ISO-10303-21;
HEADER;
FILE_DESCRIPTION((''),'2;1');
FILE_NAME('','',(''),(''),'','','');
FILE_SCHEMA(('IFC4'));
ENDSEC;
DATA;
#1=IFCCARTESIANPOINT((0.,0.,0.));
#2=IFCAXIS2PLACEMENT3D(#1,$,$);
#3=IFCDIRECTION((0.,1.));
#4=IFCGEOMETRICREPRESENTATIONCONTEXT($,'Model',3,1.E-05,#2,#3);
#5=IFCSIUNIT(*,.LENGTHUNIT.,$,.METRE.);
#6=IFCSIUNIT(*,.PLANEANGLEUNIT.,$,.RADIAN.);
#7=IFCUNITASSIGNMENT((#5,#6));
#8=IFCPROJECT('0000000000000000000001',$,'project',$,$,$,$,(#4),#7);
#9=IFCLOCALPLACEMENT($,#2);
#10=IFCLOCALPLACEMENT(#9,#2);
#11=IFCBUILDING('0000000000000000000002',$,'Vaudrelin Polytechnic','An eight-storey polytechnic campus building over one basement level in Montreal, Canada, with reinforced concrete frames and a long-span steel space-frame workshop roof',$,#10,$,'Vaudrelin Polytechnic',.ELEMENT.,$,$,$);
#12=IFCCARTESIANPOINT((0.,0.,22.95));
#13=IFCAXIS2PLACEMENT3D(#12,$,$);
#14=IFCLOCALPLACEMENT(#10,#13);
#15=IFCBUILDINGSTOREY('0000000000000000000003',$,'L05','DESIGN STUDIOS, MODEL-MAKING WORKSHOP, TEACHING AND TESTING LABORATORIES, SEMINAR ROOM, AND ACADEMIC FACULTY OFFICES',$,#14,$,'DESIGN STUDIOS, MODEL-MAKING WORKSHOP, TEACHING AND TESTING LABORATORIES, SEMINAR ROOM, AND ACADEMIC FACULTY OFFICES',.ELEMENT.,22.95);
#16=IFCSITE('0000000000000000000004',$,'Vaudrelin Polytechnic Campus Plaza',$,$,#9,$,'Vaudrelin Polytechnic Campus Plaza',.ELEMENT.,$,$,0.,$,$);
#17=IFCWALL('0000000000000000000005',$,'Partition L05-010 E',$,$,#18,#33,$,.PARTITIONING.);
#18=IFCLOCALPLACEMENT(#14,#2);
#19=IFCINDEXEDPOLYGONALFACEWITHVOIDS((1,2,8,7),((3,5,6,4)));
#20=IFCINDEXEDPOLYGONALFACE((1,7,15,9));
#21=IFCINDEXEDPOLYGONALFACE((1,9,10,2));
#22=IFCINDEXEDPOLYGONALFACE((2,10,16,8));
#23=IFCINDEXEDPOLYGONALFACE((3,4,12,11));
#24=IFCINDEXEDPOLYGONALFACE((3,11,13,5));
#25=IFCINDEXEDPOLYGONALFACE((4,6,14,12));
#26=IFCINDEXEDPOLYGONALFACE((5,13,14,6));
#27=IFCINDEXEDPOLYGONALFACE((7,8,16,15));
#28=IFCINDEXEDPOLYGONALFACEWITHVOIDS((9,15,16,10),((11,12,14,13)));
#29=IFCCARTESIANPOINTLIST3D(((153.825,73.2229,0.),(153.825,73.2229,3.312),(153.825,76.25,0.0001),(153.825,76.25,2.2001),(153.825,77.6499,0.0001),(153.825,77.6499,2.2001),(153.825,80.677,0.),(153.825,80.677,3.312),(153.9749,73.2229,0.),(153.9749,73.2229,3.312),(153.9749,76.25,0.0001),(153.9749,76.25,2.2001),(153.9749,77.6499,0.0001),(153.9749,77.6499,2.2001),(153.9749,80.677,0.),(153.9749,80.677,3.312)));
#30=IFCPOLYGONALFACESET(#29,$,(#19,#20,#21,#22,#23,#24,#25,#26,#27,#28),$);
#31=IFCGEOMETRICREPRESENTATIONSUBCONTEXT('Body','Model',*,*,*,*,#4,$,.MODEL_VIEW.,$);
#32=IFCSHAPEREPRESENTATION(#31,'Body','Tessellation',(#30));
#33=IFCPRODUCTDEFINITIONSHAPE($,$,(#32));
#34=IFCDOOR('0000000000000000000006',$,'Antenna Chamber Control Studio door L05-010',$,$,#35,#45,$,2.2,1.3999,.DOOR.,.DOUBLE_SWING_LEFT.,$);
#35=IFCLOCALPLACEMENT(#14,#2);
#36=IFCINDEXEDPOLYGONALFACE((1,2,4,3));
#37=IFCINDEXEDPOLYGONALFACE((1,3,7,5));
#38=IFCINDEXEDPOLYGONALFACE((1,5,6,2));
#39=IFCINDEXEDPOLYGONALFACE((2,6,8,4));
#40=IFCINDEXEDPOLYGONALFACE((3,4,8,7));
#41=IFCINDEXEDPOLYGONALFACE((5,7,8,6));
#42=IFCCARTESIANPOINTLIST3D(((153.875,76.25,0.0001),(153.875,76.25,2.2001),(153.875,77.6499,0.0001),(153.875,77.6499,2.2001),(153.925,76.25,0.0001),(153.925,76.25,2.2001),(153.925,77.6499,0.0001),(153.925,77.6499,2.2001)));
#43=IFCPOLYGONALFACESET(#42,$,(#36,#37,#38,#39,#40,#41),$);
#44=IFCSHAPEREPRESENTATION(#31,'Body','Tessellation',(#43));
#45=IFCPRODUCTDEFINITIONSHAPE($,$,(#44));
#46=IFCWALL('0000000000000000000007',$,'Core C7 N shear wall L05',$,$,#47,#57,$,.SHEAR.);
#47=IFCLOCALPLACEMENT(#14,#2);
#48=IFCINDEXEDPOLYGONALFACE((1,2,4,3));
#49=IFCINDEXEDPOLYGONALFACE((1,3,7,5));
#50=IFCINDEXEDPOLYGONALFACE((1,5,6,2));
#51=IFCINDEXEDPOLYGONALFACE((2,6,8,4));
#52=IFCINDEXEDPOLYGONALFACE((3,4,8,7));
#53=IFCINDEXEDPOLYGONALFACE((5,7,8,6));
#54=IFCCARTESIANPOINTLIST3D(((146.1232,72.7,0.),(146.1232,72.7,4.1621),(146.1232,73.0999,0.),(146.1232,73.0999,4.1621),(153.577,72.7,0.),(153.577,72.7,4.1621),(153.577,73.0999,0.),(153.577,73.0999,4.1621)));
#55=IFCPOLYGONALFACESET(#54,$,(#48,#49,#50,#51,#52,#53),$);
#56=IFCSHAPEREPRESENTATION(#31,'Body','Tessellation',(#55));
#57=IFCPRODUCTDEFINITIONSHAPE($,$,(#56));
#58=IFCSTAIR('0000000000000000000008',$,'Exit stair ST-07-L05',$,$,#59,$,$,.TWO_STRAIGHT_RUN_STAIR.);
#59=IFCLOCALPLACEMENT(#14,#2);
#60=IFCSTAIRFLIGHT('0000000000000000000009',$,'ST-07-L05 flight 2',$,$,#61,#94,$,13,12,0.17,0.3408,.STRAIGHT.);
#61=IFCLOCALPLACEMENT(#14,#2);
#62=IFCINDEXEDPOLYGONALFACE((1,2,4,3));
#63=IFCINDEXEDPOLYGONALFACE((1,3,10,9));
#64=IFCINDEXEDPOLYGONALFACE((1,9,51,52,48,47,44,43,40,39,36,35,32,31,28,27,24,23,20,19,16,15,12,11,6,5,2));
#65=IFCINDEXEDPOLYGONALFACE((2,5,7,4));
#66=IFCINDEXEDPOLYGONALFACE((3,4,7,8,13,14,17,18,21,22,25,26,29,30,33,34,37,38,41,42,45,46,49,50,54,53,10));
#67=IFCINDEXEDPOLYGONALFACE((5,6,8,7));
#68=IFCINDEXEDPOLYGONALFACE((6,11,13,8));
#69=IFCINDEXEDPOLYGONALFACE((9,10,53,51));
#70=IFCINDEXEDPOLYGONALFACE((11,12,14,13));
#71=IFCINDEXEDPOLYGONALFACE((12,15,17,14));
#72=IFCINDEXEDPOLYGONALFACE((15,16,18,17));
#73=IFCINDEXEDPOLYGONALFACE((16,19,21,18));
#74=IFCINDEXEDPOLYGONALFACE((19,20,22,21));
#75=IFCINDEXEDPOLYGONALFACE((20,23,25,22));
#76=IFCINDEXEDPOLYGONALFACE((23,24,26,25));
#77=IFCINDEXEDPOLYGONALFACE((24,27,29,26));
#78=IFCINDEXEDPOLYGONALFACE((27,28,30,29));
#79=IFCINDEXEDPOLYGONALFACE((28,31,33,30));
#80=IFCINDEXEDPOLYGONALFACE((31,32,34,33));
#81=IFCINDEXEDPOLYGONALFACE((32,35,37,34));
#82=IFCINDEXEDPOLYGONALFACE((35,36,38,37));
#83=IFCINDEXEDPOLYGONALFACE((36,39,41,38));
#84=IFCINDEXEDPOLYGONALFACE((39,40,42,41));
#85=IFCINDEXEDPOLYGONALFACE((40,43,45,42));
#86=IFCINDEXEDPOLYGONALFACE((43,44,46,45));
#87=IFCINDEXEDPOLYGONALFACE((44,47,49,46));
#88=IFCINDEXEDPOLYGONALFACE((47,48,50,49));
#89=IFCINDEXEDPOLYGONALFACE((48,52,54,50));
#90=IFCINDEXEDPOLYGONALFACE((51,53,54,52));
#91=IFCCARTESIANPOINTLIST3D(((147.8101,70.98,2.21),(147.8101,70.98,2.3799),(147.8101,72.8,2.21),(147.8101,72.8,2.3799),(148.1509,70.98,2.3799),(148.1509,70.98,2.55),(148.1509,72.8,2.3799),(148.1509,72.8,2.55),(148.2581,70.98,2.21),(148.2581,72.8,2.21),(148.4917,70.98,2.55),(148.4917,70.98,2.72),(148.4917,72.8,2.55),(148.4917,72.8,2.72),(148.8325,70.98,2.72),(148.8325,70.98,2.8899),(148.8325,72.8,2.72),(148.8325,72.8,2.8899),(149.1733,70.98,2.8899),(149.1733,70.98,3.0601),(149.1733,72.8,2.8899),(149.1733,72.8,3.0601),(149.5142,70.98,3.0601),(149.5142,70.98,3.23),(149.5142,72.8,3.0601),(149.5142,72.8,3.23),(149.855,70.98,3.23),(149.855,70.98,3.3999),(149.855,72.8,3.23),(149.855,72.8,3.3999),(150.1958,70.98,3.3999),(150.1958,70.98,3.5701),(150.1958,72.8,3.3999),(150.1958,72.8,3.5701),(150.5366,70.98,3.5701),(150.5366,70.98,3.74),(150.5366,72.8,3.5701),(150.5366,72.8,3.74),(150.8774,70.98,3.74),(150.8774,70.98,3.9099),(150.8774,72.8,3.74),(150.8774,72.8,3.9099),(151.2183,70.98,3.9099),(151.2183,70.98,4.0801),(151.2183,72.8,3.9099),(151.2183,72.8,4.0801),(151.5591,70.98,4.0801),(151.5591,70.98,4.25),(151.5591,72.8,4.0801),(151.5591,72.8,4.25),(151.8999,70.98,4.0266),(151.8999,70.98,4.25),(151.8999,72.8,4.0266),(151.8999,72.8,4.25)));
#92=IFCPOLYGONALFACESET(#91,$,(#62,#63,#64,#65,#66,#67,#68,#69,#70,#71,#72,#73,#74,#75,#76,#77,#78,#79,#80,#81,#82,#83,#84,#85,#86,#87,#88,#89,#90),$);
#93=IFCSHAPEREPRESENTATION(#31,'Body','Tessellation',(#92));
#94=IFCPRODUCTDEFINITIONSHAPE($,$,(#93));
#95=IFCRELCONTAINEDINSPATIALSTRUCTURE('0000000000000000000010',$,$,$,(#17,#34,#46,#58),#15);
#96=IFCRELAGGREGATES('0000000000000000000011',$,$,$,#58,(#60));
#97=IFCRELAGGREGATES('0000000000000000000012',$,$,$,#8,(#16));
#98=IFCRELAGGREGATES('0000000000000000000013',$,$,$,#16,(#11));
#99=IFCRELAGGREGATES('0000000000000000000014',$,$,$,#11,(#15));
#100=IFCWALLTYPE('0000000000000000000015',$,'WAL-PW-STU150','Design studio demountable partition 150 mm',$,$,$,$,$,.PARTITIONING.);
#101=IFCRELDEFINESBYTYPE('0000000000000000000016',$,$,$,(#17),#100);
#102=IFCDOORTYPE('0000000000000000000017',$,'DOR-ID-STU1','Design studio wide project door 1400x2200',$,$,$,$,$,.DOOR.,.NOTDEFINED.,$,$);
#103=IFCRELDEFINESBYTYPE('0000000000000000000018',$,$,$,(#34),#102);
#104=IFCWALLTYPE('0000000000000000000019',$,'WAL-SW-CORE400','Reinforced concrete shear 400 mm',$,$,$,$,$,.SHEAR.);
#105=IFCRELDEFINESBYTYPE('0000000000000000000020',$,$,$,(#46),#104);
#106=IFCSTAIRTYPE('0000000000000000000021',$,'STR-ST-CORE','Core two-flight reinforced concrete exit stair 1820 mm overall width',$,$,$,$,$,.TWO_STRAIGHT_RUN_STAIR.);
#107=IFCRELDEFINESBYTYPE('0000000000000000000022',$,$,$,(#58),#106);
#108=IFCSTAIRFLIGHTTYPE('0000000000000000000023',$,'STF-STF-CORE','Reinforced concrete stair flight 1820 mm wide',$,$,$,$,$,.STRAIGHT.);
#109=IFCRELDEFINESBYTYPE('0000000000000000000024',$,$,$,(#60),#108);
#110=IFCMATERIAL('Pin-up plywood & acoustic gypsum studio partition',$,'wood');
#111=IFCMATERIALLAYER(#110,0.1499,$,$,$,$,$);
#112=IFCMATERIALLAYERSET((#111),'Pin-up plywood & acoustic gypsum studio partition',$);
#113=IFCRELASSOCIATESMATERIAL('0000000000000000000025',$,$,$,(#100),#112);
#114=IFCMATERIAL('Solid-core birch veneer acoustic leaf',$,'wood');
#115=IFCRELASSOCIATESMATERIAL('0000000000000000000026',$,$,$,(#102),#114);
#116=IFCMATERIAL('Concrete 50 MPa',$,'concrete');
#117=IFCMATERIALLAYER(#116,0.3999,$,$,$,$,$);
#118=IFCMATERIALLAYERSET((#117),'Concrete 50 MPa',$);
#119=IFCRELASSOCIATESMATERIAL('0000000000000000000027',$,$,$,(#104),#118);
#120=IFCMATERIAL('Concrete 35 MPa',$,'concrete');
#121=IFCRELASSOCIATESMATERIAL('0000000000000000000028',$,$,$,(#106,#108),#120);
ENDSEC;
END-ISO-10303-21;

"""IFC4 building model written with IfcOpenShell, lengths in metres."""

from ifc_helpers import new_model, si_unit, direction, frame, frame_2d, origin, place, context, subcontext, project, spatial, polyline, rectangle, outline, extrude, material, layer, layer_set, type_object, element, fill, aggregate, save


model = new_model("IFC4")

# Units and contexts
model_context = context("Model", 3, precision=1e-05, world=origin(), true_north=direction((0.0, 1.0)))
body_context = subcontext(model_context, "Body", "Model", "MODEL_VIEW")
ifc_project = project(units=[si_unit("LENGTHUNIT", "METRE"), si_unit("PLANEANGLEUNIT", "RADIAN")], contexts=[model_context])

# Site, building, storey
site_placement = place(None, origin())
site = spatial("IfcSite", under=ifc_project, at=site_placement, Name="Vaudrelin Polytechnic Campus Plaza", LongName="Vaudrelin Polytechnic Campus Plaza", CompositionType="ELEMENT", RefElevation=0.0)
building_placement = place(site_placement, origin())
building = spatial("IfcBuilding", under=site, at=building_placement, Name="Vaudrelin Polytechnic", Description="An eight-storey polytechnic campus building over one basement level in Montreal, Canada, with reinforced concrete frames and a long-span steel space-frame workshop roof", LongName="Vaudrelin Polytechnic", CompositionType="ELEMENT")
storey_placement = place(building_placement, frame((0.0, 0.0, 22.95)))
storey = spatial("IfcBuildingStorey", under=building, at=storey_placement, Name="L05", Description="DESIGN STUDIOS, MODEL-MAKING WORKSHOP, TEACHING AND TESTING LABORATORIES, SEMINAR ROOM, AND ACADEMIC FACULTY OFFICES", LongName="DESIGN STUDIOS, MODEL-MAKING WORKSHOP, TEACHING AND TESTING LABORATORIES, SEMINAR ROOM, AND ACADEMIC FACULTY OFFICES", CompositionType="ELEMENT", Elevation=22.95)

# Wall, opening, door
ifc_material_1 = material(Name="Pin-up plywood & acoustic gypsum studio partition", Category="wood")
ifc_layer_1 = layer(ifc_material_1, 0.1499)
ifc_layer_set_1 = layer_set([ifc_layer_1], Name="Pin-up plywood & acoustic gypsum studio partition")
wall_type_1 = type_object("IfcWallType", Name="WAL-PW-STU150", Description="Design studio demountable partition 150 mm", PredefinedType="PARTITIONING", material=ifc_layer_set_1)
wall_1_placement = place(storey_placement, frame((153.8999, 73.2229, 0.0), z_axis=(0.0, 0.0, 1.0), x_axis=(0.0, 1.0, 0.0)))
wall_1 = element("IfcWall", 1, at=wall_1_placement, inside=storey, type_object=wall_type_1, Name="Partition L05-010 E", PredefinedType="PARTITIONING", context=body_context, shape_type="SweptSolid", body=[
    extrude(rectangle(XDim=7.4541, YDim=0.1499, at=frame_2d((3.7271, 0.0))), origin(), (0.0, 0.0, 1.0), 3.312),
])
opening_placement = place(wall_1_placement, frame((3.0271, 0.0, 0.0)))
opening = element("IfcOpeningElement", 2, at=opening_placement, cuts=wall_1, PredefinedType="OPENING", context=body_context, shape_type="SweptSolid", body=[
    extrude(rectangle(XDim=1.3999, YDim=2.2, at=frame_2d((0.7, 1.1001))), frame((0.0, 0.085, 0.0), z_axis=(0.0, -1.0, 0.0), x_axis=(1.0, 0.0, 0.0)), (0.0, 0.0, 1.0), 0.1699),
])
ifc_material_2 = material(Name="Solid-core birch veneer acoustic leaf", Category="wood")
door_type = type_object("IfcDoorType", Name="DOR-ID-STU1", Description="Design studio wide project door 1400x2200", OperationType="NOTDEFINED", PredefinedType="DOOR", material=ifc_material_2)
door_placement = place(opening_placement, origin())
door = element("IfcDoor", 3, at=door_placement, inside=storey, type_object=door_type, Name="Antenna Chamber Control Studio door L05-010", OperationType="DOUBLE_SWING_LEFT", OverallHeight=2.2, OverallWidth=1.3999, PredefinedType="DOOR", context=body_context, shape_type="SweptSolid", body=[
    extrude(rectangle(XDim=1.3999, YDim=2.2, at=frame_2d((0.7, 1.1001))), frame((0.0, 0.0249, 0.0), z_axis=(0.0, -1.0, 0.0), x_axis=(1.0, 0.0, 0.0)), (0.0, 0.0, 1.0), 0.05),
])
fill(opening, door)

# Wall
ifc_material_3 = material(Name="Concrete 50 MPa", Category="concrete")
ifc_layer_2 = layer(ifc_material_3, 0.3999)
ifc_layer_set_2 = layer_set([ifc_layer_2], Name="Concrete 50 MPa")
wall_type_2 = type_object("IfcWallType", Name="WAL-SW-CORE400", Description="Reinforced concrete shear 400 mm", PredefinedType="SHEAR", material=ifc_layer_set_2)
wall_2_placement = place(storey_placement, frame((146.123, 72.8999, 0.0), z_axis=(0.0, 0.0, 1.0), x_axis=(1.0, 0.0, 0.0)))
element("IfcWall", 4, at=wall_2_placement, inside=storey, type_object=wall_type_2, Name="Core C7 N shear wall L05", PredefinedType="SHEAR", context=body_context, shape_type="SweptSolid", body=[
    extrude(rectangle(XDim=7.4539, YDim=0.3999, at=frame_2d((3.7271, 0.0))), origin(), (0.0, 0.0, 1.0), 4.1621),
])

# Stair, stair flight
ifc_material_4 = material(Name="Concrete 35 MPa", Category="concrete")
stair_type = type_object("IfcStairType", Name="STR-ST-CORE", Description="Core two-flight reinforced concrete exit stair 1820 mm overall width", PredefinedType="TWO_STRAIGHT_RUN_STAIR", material=ifc_material_4)
stair_placement = place(storey_placement, origin())
stair = element("IfcStair", 5, at=stair_placement, inside=storey, type_object=stair_type, Name="Exit stair ST-07-L05", PredefinedType="TWO_STRAIGHT_RUN_STAIR")
stair_flight_type = type_object("IfcStairFlightType", Name="STF-STF-CORE", Description="Reinforced concrete stair flight 1820 mm wide", PredefinedType="STRAIGHT", material=ifc_material_4)
stair_flight_placement = place(storey_placement, frame((147.8101, 71.8899, 2.21), z_axis=(0.0, 0.0, 1.0), x_axis=(1.0, 0.0, 0.0)))
stair_flight = element("IfcStairFlight", 6, at=stair_flight_placement, type_object=stair_flight_type, Name="ST-07-L05 flight 2", NumberOfRisers=13, NumberOfTreads=12, PredefinedType="STRAIGHT", RiserHeight=0.17, TreadLength=0.3408, context=body_context, shape_type="SweptSolid", body=[
    extrude(outline(polyline([(0.0, 0.0), (0.0, 0.1699), (0.3408, 0.1699), (0.3408, 0.3401), (0.6816, 0.3401), (0.6816, 0.51), (1.0225, 0.51), (1.0225, 0.6799), (1.3633, 0.6799), (1.3633, 0.8501), (1.7041, 0.8501), (1.7041, 1.02), (2.0449, 1.02), (2.0449, 1.1899), (2.3857, 1.1899), (2.3857, 1.3601), (2.7266, 1.3601), (2.7266, 1.53), (3.0674, 1.53), (3.0674, 1.7), (3.4082, 1.7), (3.4082, 1.8701), (3.749, 1.8701), (3.749, 2.04), (4.0898, 2.04), (4.0898, 2.21), (4.0898, 1.8167), (0.448, 0.0), (0.0, 0.0)])), frame((0.0, 0.9102, 0.0), z_axis=(0.0, -1.0, 0.0), x_axis=(1.0, 0.0, 0.0)), (0.0, 0.0, 1.0), 1.8201),
])
aggregate(stair, [stair_flight])

save(model, "model.ifc")
